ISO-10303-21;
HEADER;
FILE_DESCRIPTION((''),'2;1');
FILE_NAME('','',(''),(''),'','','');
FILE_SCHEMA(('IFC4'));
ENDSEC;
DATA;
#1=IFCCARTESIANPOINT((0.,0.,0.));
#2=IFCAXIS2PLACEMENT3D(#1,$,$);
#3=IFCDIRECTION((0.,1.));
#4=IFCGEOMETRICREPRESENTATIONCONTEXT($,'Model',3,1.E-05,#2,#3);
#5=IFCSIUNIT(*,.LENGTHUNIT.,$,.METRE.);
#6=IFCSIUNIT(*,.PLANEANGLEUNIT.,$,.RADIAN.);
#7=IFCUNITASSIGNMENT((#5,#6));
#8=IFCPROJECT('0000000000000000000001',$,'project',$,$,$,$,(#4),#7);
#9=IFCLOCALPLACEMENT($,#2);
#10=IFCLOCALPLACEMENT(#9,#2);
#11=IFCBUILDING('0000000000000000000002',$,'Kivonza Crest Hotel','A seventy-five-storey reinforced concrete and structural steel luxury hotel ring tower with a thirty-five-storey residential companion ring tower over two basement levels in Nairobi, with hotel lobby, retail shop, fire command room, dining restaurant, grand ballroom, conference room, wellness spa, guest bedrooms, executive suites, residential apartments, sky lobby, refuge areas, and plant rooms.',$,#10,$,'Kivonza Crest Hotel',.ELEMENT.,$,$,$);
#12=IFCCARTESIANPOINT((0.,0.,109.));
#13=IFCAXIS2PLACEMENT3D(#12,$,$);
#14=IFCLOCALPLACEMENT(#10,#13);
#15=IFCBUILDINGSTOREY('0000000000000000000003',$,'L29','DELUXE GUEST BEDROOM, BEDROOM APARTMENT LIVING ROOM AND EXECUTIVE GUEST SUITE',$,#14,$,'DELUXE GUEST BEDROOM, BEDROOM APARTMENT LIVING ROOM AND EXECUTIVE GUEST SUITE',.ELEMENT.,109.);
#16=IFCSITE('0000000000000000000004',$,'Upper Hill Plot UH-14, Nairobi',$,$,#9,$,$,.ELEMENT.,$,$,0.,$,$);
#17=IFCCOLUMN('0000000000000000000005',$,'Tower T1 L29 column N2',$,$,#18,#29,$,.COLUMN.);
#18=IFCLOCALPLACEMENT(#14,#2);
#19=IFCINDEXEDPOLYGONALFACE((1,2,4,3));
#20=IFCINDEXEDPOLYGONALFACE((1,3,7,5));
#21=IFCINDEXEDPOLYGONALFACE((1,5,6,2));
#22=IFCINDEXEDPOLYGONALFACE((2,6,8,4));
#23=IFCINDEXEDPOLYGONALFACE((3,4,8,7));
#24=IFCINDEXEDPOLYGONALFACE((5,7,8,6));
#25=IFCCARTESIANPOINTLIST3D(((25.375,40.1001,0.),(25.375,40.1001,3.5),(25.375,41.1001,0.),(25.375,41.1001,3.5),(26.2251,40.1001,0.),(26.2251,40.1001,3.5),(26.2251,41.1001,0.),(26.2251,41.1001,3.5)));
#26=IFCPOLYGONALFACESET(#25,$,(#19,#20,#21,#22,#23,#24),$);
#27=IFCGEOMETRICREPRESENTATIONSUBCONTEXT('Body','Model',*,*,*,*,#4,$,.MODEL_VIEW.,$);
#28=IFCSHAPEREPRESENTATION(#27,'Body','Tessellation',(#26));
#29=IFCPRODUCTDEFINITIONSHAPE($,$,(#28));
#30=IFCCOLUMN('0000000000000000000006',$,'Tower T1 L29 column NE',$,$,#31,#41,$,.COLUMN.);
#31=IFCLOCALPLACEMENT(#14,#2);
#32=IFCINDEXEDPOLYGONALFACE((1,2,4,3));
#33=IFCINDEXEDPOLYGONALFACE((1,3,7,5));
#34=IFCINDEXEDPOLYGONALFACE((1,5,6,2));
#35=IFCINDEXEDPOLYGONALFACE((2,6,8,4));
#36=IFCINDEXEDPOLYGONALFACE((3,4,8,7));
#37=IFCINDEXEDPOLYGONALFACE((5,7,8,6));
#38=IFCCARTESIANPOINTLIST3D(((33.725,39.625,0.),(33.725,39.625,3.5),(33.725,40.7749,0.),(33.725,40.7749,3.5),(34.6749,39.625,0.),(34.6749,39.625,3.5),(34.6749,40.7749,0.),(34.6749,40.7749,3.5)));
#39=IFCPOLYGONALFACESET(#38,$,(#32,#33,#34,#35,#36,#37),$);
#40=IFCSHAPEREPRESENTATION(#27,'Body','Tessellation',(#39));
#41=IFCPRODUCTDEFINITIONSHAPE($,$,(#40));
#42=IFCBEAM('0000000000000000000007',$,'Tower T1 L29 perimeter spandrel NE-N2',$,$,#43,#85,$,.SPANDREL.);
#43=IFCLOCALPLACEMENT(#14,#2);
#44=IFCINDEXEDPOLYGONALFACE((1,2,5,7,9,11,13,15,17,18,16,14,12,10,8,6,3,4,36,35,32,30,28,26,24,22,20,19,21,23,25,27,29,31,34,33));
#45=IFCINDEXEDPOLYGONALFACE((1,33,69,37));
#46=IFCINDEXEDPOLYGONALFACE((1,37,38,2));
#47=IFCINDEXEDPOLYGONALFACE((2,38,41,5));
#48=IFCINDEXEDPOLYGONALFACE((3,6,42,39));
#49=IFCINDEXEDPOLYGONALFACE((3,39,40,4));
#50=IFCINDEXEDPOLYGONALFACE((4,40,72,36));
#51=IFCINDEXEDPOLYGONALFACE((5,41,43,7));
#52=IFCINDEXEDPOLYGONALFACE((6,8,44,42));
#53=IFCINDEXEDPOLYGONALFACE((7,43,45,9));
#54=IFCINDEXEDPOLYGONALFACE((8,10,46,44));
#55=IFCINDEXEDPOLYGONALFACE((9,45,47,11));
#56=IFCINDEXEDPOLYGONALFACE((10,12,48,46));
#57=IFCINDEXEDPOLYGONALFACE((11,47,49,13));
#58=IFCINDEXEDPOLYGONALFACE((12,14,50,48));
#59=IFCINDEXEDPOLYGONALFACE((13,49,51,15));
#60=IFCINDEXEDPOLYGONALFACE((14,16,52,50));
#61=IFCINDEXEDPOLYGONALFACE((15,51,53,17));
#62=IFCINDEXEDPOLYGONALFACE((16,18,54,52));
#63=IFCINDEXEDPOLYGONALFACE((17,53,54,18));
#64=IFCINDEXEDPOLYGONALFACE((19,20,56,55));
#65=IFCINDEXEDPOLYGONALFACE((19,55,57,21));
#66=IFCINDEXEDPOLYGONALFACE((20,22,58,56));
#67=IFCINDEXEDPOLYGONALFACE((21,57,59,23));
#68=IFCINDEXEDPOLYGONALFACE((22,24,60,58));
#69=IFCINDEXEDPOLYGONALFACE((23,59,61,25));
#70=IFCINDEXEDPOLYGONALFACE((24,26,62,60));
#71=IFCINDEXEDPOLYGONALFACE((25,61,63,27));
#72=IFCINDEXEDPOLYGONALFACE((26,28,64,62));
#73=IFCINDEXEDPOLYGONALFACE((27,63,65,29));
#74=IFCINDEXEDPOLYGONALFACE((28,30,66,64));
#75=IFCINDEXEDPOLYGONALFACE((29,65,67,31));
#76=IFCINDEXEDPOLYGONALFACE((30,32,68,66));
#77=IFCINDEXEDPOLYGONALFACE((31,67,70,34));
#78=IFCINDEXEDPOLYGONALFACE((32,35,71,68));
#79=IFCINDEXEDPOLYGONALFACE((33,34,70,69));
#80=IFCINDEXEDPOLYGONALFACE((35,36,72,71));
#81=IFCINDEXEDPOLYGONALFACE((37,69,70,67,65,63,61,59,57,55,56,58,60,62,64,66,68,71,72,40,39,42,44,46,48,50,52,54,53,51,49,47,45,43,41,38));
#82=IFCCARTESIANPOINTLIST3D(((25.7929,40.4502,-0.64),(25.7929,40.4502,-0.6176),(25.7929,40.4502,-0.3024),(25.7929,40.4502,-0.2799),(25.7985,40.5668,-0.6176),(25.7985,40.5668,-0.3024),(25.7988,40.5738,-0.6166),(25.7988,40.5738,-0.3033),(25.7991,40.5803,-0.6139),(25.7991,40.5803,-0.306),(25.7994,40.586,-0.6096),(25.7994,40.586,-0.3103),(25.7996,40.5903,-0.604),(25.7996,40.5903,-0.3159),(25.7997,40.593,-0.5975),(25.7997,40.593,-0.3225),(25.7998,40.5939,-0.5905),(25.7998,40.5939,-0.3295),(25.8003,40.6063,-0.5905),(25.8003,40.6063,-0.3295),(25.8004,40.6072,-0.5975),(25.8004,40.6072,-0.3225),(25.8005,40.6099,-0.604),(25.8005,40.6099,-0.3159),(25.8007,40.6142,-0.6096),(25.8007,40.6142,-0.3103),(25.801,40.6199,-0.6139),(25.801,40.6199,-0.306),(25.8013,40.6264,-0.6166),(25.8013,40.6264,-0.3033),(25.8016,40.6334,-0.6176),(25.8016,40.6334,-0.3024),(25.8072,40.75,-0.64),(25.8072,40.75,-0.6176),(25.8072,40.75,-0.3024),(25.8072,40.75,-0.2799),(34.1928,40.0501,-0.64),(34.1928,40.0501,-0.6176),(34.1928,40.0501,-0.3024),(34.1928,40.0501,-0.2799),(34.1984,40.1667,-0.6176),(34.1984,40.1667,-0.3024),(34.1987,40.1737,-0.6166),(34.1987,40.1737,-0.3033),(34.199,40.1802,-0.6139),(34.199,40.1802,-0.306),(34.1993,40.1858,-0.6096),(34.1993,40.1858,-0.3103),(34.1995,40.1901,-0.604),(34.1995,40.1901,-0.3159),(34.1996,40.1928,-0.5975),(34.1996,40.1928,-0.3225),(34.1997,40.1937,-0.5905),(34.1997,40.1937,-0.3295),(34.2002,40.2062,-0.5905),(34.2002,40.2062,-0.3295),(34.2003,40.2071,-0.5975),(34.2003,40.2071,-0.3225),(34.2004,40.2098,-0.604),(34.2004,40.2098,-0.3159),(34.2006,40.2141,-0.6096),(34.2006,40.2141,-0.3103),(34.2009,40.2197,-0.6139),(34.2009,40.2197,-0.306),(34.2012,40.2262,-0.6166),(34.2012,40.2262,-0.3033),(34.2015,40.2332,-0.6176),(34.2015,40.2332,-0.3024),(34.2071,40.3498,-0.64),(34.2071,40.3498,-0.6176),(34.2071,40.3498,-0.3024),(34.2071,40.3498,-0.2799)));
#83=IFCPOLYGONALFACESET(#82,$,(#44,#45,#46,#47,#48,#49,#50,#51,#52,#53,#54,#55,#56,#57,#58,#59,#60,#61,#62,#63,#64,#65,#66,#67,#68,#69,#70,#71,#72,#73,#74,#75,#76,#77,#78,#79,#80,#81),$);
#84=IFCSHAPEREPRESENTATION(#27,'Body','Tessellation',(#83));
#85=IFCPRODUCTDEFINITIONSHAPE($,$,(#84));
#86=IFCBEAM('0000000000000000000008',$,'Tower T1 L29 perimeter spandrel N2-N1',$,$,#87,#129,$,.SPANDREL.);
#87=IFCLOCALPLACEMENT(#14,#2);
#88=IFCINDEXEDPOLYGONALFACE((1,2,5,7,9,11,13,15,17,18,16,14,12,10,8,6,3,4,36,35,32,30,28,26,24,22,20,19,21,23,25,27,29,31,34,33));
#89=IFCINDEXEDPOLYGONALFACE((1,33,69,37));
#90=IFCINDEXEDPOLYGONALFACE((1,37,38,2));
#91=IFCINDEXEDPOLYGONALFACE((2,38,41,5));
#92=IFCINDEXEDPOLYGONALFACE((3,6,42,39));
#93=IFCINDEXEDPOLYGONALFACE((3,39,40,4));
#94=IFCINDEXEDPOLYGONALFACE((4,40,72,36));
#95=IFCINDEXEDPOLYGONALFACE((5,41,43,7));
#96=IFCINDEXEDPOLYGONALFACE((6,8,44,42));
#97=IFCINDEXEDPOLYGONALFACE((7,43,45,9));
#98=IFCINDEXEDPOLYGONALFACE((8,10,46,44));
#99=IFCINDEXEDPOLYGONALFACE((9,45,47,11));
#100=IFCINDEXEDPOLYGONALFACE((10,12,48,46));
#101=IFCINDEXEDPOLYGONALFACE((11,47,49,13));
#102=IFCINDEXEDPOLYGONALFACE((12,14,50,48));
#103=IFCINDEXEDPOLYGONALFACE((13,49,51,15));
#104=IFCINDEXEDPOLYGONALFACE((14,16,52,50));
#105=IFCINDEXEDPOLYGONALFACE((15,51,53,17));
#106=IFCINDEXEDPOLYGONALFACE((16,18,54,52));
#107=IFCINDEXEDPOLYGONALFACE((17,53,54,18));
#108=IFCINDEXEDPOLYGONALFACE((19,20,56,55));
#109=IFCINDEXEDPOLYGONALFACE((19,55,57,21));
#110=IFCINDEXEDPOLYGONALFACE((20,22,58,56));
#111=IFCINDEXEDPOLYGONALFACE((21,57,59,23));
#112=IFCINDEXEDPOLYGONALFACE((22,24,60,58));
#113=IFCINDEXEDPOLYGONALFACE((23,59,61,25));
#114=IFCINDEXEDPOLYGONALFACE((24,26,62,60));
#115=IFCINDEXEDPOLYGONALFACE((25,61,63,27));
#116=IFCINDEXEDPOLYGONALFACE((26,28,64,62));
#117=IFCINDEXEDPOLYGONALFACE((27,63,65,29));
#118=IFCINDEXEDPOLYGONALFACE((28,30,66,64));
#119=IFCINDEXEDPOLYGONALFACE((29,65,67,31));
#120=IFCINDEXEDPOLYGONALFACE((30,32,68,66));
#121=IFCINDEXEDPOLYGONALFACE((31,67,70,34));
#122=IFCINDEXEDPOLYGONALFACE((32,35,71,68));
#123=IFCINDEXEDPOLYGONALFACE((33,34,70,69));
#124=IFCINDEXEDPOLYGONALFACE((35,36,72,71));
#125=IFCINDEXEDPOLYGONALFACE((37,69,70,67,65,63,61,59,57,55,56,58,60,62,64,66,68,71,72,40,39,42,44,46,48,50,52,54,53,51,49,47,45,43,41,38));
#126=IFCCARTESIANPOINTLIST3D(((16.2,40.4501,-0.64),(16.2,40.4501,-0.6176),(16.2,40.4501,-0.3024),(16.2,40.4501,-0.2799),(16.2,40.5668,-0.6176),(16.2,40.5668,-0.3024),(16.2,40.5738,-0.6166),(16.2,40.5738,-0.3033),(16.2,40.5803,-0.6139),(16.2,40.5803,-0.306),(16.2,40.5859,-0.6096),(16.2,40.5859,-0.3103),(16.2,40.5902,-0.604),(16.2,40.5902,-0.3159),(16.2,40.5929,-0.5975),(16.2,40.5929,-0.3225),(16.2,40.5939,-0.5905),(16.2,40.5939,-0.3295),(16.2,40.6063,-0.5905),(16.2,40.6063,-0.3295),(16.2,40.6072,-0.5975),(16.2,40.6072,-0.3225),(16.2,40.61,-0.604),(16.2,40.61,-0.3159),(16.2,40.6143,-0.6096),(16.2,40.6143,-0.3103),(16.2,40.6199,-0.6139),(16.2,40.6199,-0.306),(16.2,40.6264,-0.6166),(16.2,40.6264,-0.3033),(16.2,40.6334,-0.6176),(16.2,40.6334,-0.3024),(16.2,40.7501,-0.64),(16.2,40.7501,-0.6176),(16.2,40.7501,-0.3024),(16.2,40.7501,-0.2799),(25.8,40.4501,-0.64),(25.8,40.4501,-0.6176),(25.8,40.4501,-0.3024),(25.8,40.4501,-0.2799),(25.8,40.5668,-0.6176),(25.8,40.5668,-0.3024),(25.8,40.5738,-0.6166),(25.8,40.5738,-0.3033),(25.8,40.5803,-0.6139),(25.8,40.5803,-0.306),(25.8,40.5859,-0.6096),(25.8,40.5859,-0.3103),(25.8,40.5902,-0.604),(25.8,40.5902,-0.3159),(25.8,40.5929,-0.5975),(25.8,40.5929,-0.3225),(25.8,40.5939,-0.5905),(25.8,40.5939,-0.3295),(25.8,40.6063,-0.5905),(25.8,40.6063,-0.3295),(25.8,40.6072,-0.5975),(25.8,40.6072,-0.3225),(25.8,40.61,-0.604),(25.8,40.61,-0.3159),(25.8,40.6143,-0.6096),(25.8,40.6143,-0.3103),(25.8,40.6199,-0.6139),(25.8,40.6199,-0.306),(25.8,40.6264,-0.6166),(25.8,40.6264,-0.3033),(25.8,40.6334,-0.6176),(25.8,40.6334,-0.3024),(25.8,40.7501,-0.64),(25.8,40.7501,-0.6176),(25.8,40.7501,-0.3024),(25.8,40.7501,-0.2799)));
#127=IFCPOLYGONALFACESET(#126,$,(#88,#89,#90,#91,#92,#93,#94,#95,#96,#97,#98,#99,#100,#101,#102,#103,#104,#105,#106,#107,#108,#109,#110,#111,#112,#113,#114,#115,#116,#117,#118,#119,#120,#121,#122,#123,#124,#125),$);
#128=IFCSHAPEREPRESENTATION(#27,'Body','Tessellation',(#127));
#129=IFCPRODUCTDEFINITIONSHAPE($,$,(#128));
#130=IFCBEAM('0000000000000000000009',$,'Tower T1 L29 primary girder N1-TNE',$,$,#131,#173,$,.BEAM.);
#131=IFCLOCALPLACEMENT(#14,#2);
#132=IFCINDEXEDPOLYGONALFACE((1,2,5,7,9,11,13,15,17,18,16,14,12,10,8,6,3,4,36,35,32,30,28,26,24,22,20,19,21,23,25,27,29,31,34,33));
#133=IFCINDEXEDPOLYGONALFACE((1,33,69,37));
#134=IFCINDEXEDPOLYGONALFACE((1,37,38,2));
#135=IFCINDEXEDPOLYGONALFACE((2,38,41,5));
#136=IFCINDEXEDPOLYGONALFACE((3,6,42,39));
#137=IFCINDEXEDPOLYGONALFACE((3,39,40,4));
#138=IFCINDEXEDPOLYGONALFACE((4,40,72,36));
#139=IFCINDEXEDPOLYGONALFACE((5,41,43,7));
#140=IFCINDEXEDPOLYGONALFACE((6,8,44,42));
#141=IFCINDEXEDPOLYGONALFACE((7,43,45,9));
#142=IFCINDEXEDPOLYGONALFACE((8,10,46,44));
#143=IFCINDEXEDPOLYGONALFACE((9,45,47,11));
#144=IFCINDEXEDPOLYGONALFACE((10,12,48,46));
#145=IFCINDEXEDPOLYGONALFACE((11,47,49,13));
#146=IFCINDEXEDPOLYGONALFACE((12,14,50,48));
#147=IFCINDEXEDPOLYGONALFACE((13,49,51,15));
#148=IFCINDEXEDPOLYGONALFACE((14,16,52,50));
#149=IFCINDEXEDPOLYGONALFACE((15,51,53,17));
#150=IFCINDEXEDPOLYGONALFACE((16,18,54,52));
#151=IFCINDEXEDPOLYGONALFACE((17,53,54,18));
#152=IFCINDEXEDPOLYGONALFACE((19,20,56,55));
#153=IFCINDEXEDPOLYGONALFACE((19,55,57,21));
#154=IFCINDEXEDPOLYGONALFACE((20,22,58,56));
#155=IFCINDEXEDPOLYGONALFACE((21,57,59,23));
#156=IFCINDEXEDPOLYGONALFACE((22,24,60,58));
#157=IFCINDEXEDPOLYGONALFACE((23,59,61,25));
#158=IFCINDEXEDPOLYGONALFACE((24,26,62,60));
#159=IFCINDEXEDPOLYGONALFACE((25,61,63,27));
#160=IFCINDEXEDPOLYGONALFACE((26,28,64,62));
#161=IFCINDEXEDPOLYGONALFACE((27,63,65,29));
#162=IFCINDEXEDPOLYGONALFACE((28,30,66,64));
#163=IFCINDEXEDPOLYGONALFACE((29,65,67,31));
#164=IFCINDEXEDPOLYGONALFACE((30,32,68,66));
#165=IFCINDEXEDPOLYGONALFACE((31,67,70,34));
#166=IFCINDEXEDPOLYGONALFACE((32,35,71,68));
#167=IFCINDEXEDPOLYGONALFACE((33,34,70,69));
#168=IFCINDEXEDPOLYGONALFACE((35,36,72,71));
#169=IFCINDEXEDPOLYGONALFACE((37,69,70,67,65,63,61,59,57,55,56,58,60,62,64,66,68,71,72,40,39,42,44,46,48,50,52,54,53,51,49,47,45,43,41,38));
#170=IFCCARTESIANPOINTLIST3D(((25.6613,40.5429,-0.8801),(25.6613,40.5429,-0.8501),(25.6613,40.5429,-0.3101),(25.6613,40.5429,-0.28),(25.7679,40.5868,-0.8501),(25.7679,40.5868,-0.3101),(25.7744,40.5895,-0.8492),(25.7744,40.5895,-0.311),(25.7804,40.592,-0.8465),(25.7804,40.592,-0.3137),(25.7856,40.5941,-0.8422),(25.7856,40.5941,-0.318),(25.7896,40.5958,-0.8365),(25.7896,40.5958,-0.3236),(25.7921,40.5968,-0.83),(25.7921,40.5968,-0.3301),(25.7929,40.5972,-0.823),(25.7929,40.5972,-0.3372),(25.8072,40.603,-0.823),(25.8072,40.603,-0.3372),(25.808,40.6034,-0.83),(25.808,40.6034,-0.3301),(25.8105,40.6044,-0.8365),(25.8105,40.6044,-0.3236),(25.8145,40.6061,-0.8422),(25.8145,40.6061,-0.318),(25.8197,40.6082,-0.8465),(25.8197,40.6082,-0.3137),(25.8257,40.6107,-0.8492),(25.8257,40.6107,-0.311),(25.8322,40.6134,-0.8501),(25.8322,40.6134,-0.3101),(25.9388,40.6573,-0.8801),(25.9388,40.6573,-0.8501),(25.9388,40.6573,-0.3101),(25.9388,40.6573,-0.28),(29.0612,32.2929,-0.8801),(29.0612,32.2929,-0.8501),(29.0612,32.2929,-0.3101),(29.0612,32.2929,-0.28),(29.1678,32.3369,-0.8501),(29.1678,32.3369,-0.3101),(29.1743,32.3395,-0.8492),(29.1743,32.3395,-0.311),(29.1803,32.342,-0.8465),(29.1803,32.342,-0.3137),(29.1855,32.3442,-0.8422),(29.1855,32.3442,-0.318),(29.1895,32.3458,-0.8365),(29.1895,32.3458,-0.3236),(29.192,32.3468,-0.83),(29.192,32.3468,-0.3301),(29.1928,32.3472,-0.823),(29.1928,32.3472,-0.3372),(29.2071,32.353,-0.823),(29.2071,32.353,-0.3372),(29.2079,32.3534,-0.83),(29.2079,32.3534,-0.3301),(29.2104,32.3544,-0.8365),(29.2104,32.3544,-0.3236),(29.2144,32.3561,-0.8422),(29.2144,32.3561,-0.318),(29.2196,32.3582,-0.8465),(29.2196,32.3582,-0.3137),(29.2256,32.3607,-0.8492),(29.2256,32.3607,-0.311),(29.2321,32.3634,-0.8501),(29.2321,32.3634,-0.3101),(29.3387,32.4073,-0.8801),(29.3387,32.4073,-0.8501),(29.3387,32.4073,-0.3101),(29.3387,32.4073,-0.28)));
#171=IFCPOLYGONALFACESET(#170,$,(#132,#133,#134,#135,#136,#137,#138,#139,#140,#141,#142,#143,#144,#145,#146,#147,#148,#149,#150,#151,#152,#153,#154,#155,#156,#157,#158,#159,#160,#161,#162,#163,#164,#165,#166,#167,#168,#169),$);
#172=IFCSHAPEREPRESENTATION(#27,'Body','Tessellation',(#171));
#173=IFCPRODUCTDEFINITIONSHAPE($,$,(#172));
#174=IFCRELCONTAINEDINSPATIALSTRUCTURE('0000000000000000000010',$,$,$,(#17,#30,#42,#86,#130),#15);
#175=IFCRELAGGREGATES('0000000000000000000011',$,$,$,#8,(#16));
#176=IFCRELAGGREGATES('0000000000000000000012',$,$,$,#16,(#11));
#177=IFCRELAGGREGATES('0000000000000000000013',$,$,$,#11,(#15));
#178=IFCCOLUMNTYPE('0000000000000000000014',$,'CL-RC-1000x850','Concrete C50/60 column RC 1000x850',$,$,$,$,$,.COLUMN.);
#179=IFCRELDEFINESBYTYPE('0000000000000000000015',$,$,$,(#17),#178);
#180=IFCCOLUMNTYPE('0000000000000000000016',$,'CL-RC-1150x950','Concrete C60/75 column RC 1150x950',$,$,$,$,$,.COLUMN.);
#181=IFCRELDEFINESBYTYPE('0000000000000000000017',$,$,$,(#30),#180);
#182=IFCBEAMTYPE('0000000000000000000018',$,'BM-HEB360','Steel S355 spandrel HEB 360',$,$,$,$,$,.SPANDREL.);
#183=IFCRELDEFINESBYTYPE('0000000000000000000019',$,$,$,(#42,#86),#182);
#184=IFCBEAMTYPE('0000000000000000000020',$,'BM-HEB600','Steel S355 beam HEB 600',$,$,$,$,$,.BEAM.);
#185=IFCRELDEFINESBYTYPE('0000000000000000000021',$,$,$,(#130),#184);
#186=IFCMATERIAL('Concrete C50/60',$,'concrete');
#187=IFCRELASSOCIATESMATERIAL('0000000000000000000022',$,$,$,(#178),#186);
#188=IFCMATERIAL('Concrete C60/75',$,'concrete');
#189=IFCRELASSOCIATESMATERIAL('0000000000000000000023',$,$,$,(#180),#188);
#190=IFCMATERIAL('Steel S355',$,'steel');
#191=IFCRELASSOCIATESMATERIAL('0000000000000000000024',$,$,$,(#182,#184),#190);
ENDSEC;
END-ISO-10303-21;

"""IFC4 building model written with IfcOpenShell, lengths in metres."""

from ifc_helpers import new_model, si_unit, direction, frame, origin, origin_2d, place, context, subcontext, project, spatial, rectangle, i_section, extrude, material, material_profile, profile_set, type_object, element, save


model = new_model("IFC4")

# Units and contexts
model_context = context("Model", 3, precision=1e-05, world=origin(), true_north=direction((0.0, 1.0)))
body_context = subcontext(model_context, "Body", "Model", "MODEL_VIEW")
ifc_project = project(units=[si_unit("LENGTHUNIT", "METRE"), si_unit("PLANEANGLEUNIT", "RADIAN")], contexts=[model_context])

# Site, building, storey
site_placement = place(None, origin())
site = spatial("IfcSite", under=ifc_project, at=site_placement, Name="Upper Hill Plot UH-14, Nairobi", CompositionType="ELEMENT", RefElevation=0.0)
building_placement = place(site_placement, origin())
building = spatial("IfcBuilding", under=site, at=building_placement, Name="Kivonza Crest Hotel", Description="A seventy-five-storey reinforced concrete and structural steel luxury hotel ring tower with a thirty-five-storey residential companion ring tower over two basement levels in Nairobi, with hotel lobby, retail shop, fire command room, dining restaurant, grand ballroom, conference room, wellness spa, guest bedrooms, executive suites, residential apartments, sky lobby, refuge areas, and plant rooms.", LongName="Kivonza Crest Hotel", CompositionType="ELEMENT")
storey_placement = place(building_placement, frame((0.0, 0.0, 109.0)))
storey = spatial("IfcBuildingStorey", under=building, at=storey_placement, Name="L29", Description="DELUXE GUEST BEDROOM, BEDROOM APARTMENT LIVING ROOM AND EXECUTIVE GUEST SUITE", LongName="DELUXE GUEST BEDROOM, BEDROOM APARTMENT LIVING ROOM AND EXECUTIVE GUEST SUITE", CompositionType="ELEMENT", Elevation=109.0)

# Columns
ifc_material_1 = material(Name="Concrete C50/60", Category="concrete")
ifc_material_profile_1 = material_profile(ifc_material_1, rectangle(XDim=0.8501, YDim=1.0, at=origin_2d()), Name="RC 1000x850")
ifc_profile_set_1 = profile_set([ifc_material_profile_1], Name="Concrete C50/60")
column_type_1 = type_object("IfcColumnType", Name="CL-RC-1000x850", Description="Concrete C50/60 column RC 1000x850", PredefinedType="COLUMN", material=ifc_profile_set_1)
column_1_placement = place(storey_placement, frame((25.8, 40.6001, 0.0), z_axis=(0.0, 0.0, 1.0), x_axis=(1.0, 0.0, 0.0)))
element("IfcColumn", 1, at=column_1_placement, inside=storey, type_object=column_type_1, Name="Tower T1 L29 column N2", PredefinedType="COLUMN", context=body_context, shape_type="SweptSolid", body=[
    extrude(rectangle(XDim=0.8501, YDim=1.0, at=origin_2d()), origin(), (0.0, 0.0, 1.0), 3.5),
])
ifc_material_2 = material(Name="Concrete C60/75", Category="concrete")
ifc_material_profile_2 = material_profile(ifc_material_2, rectangle(XDim=0.95, YDim=1.1499, at=origin_2d()), Name="RC 1150x950")
ifc_profile_set_2 = profile_set([ifc_material_profile_2], Name="Concrete C60/75")
column_type_2 = type_object("IfcColumnType", Name="CL-RC-1150x950", Description="Concrete C60/75 column RC 1150x950", PredefinedType="COLUMN", material=ifc_profile_set_2)
column_2_placement = place(storey_placement, frame((34.2, 40.2, 0.0), z_axis=(0.0, 0.0, 1.0), x_axis=(1.0, 0.0, 0.0)))
element("IfcColumn", 2, at=column_2_placement, inside=storey, type_object=column_type_2, Name="Tower T1 L29 column NE", PredefinedType="COLUMN", context=body_context, shape_type="SweptSolid", body=[
    extrude(rectangle(XDim=0.95, YDim=1.1499, at=origin_2d()), origin(), (0.0, 0.0, 1.0), 3.5),
])

# Beams
ifc_material_3 = material(Name="Steel S355", Category="steel")
ifc_material_profile_3 = material_profile(ifc_material_3, i_section(OverallWidth=0.3, OverallDepth=0.3601, WebThickness=0.0125, FlangeThickness=0.0225, FilletRadius=0.0271, at=origin_2d()), Name="HEB 360")
ifc_profile_set_3 = profile_set([ifc_material_profile_3], Name="Steel S355")
beam_type_1 = type_object("IfcBeamType", Name="BM-HEB360", Description="Steel S355 spandrel HEB 360", PredefinedType="SPANDREL", material=ifc_profile_set_3)
beam_1_placement = place(storey_placement, frame((34.2, 40.2, -0.46), z_axis=(-0.998867, 0.047583, 0.0), x_axis=(-0.047583, -0.998867, 0.0)))
element("IfcBeam", 3, at=beam_1_placement, inside=storey, type_object=beam_type_1, Name="Tower T1 L29 perimeter spandrel NE-N2", PredefinedType="SPANDREL", context=body_context, shape_type="SweptSolid", body=[
    extrude(i_section(OverallWidth=0.3, OverallDepth=0.3601, WebThickness=0.0125, FlangeThickness=0.0225, FilletRadius=0.0271, at=origin_2d()), origin(), (0.0, 0.0, 1.0), 8.4094),
])
beam_2_placement = place(storey_placement, frame((25.8, 40.6001, -0.46), z_axis=(-1.0, 0.0, 0.0), x_axis=(0.0, -1.0, 0.0)))
element("IfcBeam", 4, at=beam_2_placement, inside=storey, type_object=beam_type_1, Name="Tower T1 L29 perimeter spandrel N2-N1", PredefinedType="SPANDREL", context=body_context, shape_type="SweptSolid", body=[
    extrude(i_section(OverallWidth=0.3, OverallDepth=0.3601, WebThickness=0.0125, FlangeThickness=0.0225, FilletRadius=0.0271, at=origin_2d()), origin(), (0.0, 0.0, 1.0), 9.6001),
])
ifc_material_profile_4 = material_profile(ifc_material_3, i_section(OverallWidth=0.3, OverallDepth=0.6001, WebThickness=0.0154, FlangeThickness=0.03, FilletRadius=0.0271, at=origin_2d()), Name="HEB 600")
ifc_profile_set_4 = profile_set([ifc_material_profile_4], Name="Steel S355")
beam_type_2 = type_object("IfcBeamType", Name="BM-HEB600", Description="Steel S355 beam HEB 600", PredefinedType="BEAM", material=ifc_profile_set_4)
beam_3_placement = place(storey_placement, frame((25.8, 40.6001, -0.5801), z_axis=(0.381022, -0.924566, 0.0), x_axis=(0.924566, 0.381022, 0.0)))
element("IfcBeam", 5, at=beam_3_placement, inside=storey, type_object=beam_type_2, Name="Tower T1 L29 primary girder N1-TNE", PredefinedType="BEAM", context=body_context, shape_type="SweptSolid", body=[
    extrude(i_section(OverallWidth=0.3, OverallDepth=0.6001, WebThickness=0.0154, FlangeThickness=0.03, FilletRadius=0.0271, at=origin_2d()), origin(), (0.0, 0.0, 1.0), 8.9231),
])

save(model, "model.ifc")
